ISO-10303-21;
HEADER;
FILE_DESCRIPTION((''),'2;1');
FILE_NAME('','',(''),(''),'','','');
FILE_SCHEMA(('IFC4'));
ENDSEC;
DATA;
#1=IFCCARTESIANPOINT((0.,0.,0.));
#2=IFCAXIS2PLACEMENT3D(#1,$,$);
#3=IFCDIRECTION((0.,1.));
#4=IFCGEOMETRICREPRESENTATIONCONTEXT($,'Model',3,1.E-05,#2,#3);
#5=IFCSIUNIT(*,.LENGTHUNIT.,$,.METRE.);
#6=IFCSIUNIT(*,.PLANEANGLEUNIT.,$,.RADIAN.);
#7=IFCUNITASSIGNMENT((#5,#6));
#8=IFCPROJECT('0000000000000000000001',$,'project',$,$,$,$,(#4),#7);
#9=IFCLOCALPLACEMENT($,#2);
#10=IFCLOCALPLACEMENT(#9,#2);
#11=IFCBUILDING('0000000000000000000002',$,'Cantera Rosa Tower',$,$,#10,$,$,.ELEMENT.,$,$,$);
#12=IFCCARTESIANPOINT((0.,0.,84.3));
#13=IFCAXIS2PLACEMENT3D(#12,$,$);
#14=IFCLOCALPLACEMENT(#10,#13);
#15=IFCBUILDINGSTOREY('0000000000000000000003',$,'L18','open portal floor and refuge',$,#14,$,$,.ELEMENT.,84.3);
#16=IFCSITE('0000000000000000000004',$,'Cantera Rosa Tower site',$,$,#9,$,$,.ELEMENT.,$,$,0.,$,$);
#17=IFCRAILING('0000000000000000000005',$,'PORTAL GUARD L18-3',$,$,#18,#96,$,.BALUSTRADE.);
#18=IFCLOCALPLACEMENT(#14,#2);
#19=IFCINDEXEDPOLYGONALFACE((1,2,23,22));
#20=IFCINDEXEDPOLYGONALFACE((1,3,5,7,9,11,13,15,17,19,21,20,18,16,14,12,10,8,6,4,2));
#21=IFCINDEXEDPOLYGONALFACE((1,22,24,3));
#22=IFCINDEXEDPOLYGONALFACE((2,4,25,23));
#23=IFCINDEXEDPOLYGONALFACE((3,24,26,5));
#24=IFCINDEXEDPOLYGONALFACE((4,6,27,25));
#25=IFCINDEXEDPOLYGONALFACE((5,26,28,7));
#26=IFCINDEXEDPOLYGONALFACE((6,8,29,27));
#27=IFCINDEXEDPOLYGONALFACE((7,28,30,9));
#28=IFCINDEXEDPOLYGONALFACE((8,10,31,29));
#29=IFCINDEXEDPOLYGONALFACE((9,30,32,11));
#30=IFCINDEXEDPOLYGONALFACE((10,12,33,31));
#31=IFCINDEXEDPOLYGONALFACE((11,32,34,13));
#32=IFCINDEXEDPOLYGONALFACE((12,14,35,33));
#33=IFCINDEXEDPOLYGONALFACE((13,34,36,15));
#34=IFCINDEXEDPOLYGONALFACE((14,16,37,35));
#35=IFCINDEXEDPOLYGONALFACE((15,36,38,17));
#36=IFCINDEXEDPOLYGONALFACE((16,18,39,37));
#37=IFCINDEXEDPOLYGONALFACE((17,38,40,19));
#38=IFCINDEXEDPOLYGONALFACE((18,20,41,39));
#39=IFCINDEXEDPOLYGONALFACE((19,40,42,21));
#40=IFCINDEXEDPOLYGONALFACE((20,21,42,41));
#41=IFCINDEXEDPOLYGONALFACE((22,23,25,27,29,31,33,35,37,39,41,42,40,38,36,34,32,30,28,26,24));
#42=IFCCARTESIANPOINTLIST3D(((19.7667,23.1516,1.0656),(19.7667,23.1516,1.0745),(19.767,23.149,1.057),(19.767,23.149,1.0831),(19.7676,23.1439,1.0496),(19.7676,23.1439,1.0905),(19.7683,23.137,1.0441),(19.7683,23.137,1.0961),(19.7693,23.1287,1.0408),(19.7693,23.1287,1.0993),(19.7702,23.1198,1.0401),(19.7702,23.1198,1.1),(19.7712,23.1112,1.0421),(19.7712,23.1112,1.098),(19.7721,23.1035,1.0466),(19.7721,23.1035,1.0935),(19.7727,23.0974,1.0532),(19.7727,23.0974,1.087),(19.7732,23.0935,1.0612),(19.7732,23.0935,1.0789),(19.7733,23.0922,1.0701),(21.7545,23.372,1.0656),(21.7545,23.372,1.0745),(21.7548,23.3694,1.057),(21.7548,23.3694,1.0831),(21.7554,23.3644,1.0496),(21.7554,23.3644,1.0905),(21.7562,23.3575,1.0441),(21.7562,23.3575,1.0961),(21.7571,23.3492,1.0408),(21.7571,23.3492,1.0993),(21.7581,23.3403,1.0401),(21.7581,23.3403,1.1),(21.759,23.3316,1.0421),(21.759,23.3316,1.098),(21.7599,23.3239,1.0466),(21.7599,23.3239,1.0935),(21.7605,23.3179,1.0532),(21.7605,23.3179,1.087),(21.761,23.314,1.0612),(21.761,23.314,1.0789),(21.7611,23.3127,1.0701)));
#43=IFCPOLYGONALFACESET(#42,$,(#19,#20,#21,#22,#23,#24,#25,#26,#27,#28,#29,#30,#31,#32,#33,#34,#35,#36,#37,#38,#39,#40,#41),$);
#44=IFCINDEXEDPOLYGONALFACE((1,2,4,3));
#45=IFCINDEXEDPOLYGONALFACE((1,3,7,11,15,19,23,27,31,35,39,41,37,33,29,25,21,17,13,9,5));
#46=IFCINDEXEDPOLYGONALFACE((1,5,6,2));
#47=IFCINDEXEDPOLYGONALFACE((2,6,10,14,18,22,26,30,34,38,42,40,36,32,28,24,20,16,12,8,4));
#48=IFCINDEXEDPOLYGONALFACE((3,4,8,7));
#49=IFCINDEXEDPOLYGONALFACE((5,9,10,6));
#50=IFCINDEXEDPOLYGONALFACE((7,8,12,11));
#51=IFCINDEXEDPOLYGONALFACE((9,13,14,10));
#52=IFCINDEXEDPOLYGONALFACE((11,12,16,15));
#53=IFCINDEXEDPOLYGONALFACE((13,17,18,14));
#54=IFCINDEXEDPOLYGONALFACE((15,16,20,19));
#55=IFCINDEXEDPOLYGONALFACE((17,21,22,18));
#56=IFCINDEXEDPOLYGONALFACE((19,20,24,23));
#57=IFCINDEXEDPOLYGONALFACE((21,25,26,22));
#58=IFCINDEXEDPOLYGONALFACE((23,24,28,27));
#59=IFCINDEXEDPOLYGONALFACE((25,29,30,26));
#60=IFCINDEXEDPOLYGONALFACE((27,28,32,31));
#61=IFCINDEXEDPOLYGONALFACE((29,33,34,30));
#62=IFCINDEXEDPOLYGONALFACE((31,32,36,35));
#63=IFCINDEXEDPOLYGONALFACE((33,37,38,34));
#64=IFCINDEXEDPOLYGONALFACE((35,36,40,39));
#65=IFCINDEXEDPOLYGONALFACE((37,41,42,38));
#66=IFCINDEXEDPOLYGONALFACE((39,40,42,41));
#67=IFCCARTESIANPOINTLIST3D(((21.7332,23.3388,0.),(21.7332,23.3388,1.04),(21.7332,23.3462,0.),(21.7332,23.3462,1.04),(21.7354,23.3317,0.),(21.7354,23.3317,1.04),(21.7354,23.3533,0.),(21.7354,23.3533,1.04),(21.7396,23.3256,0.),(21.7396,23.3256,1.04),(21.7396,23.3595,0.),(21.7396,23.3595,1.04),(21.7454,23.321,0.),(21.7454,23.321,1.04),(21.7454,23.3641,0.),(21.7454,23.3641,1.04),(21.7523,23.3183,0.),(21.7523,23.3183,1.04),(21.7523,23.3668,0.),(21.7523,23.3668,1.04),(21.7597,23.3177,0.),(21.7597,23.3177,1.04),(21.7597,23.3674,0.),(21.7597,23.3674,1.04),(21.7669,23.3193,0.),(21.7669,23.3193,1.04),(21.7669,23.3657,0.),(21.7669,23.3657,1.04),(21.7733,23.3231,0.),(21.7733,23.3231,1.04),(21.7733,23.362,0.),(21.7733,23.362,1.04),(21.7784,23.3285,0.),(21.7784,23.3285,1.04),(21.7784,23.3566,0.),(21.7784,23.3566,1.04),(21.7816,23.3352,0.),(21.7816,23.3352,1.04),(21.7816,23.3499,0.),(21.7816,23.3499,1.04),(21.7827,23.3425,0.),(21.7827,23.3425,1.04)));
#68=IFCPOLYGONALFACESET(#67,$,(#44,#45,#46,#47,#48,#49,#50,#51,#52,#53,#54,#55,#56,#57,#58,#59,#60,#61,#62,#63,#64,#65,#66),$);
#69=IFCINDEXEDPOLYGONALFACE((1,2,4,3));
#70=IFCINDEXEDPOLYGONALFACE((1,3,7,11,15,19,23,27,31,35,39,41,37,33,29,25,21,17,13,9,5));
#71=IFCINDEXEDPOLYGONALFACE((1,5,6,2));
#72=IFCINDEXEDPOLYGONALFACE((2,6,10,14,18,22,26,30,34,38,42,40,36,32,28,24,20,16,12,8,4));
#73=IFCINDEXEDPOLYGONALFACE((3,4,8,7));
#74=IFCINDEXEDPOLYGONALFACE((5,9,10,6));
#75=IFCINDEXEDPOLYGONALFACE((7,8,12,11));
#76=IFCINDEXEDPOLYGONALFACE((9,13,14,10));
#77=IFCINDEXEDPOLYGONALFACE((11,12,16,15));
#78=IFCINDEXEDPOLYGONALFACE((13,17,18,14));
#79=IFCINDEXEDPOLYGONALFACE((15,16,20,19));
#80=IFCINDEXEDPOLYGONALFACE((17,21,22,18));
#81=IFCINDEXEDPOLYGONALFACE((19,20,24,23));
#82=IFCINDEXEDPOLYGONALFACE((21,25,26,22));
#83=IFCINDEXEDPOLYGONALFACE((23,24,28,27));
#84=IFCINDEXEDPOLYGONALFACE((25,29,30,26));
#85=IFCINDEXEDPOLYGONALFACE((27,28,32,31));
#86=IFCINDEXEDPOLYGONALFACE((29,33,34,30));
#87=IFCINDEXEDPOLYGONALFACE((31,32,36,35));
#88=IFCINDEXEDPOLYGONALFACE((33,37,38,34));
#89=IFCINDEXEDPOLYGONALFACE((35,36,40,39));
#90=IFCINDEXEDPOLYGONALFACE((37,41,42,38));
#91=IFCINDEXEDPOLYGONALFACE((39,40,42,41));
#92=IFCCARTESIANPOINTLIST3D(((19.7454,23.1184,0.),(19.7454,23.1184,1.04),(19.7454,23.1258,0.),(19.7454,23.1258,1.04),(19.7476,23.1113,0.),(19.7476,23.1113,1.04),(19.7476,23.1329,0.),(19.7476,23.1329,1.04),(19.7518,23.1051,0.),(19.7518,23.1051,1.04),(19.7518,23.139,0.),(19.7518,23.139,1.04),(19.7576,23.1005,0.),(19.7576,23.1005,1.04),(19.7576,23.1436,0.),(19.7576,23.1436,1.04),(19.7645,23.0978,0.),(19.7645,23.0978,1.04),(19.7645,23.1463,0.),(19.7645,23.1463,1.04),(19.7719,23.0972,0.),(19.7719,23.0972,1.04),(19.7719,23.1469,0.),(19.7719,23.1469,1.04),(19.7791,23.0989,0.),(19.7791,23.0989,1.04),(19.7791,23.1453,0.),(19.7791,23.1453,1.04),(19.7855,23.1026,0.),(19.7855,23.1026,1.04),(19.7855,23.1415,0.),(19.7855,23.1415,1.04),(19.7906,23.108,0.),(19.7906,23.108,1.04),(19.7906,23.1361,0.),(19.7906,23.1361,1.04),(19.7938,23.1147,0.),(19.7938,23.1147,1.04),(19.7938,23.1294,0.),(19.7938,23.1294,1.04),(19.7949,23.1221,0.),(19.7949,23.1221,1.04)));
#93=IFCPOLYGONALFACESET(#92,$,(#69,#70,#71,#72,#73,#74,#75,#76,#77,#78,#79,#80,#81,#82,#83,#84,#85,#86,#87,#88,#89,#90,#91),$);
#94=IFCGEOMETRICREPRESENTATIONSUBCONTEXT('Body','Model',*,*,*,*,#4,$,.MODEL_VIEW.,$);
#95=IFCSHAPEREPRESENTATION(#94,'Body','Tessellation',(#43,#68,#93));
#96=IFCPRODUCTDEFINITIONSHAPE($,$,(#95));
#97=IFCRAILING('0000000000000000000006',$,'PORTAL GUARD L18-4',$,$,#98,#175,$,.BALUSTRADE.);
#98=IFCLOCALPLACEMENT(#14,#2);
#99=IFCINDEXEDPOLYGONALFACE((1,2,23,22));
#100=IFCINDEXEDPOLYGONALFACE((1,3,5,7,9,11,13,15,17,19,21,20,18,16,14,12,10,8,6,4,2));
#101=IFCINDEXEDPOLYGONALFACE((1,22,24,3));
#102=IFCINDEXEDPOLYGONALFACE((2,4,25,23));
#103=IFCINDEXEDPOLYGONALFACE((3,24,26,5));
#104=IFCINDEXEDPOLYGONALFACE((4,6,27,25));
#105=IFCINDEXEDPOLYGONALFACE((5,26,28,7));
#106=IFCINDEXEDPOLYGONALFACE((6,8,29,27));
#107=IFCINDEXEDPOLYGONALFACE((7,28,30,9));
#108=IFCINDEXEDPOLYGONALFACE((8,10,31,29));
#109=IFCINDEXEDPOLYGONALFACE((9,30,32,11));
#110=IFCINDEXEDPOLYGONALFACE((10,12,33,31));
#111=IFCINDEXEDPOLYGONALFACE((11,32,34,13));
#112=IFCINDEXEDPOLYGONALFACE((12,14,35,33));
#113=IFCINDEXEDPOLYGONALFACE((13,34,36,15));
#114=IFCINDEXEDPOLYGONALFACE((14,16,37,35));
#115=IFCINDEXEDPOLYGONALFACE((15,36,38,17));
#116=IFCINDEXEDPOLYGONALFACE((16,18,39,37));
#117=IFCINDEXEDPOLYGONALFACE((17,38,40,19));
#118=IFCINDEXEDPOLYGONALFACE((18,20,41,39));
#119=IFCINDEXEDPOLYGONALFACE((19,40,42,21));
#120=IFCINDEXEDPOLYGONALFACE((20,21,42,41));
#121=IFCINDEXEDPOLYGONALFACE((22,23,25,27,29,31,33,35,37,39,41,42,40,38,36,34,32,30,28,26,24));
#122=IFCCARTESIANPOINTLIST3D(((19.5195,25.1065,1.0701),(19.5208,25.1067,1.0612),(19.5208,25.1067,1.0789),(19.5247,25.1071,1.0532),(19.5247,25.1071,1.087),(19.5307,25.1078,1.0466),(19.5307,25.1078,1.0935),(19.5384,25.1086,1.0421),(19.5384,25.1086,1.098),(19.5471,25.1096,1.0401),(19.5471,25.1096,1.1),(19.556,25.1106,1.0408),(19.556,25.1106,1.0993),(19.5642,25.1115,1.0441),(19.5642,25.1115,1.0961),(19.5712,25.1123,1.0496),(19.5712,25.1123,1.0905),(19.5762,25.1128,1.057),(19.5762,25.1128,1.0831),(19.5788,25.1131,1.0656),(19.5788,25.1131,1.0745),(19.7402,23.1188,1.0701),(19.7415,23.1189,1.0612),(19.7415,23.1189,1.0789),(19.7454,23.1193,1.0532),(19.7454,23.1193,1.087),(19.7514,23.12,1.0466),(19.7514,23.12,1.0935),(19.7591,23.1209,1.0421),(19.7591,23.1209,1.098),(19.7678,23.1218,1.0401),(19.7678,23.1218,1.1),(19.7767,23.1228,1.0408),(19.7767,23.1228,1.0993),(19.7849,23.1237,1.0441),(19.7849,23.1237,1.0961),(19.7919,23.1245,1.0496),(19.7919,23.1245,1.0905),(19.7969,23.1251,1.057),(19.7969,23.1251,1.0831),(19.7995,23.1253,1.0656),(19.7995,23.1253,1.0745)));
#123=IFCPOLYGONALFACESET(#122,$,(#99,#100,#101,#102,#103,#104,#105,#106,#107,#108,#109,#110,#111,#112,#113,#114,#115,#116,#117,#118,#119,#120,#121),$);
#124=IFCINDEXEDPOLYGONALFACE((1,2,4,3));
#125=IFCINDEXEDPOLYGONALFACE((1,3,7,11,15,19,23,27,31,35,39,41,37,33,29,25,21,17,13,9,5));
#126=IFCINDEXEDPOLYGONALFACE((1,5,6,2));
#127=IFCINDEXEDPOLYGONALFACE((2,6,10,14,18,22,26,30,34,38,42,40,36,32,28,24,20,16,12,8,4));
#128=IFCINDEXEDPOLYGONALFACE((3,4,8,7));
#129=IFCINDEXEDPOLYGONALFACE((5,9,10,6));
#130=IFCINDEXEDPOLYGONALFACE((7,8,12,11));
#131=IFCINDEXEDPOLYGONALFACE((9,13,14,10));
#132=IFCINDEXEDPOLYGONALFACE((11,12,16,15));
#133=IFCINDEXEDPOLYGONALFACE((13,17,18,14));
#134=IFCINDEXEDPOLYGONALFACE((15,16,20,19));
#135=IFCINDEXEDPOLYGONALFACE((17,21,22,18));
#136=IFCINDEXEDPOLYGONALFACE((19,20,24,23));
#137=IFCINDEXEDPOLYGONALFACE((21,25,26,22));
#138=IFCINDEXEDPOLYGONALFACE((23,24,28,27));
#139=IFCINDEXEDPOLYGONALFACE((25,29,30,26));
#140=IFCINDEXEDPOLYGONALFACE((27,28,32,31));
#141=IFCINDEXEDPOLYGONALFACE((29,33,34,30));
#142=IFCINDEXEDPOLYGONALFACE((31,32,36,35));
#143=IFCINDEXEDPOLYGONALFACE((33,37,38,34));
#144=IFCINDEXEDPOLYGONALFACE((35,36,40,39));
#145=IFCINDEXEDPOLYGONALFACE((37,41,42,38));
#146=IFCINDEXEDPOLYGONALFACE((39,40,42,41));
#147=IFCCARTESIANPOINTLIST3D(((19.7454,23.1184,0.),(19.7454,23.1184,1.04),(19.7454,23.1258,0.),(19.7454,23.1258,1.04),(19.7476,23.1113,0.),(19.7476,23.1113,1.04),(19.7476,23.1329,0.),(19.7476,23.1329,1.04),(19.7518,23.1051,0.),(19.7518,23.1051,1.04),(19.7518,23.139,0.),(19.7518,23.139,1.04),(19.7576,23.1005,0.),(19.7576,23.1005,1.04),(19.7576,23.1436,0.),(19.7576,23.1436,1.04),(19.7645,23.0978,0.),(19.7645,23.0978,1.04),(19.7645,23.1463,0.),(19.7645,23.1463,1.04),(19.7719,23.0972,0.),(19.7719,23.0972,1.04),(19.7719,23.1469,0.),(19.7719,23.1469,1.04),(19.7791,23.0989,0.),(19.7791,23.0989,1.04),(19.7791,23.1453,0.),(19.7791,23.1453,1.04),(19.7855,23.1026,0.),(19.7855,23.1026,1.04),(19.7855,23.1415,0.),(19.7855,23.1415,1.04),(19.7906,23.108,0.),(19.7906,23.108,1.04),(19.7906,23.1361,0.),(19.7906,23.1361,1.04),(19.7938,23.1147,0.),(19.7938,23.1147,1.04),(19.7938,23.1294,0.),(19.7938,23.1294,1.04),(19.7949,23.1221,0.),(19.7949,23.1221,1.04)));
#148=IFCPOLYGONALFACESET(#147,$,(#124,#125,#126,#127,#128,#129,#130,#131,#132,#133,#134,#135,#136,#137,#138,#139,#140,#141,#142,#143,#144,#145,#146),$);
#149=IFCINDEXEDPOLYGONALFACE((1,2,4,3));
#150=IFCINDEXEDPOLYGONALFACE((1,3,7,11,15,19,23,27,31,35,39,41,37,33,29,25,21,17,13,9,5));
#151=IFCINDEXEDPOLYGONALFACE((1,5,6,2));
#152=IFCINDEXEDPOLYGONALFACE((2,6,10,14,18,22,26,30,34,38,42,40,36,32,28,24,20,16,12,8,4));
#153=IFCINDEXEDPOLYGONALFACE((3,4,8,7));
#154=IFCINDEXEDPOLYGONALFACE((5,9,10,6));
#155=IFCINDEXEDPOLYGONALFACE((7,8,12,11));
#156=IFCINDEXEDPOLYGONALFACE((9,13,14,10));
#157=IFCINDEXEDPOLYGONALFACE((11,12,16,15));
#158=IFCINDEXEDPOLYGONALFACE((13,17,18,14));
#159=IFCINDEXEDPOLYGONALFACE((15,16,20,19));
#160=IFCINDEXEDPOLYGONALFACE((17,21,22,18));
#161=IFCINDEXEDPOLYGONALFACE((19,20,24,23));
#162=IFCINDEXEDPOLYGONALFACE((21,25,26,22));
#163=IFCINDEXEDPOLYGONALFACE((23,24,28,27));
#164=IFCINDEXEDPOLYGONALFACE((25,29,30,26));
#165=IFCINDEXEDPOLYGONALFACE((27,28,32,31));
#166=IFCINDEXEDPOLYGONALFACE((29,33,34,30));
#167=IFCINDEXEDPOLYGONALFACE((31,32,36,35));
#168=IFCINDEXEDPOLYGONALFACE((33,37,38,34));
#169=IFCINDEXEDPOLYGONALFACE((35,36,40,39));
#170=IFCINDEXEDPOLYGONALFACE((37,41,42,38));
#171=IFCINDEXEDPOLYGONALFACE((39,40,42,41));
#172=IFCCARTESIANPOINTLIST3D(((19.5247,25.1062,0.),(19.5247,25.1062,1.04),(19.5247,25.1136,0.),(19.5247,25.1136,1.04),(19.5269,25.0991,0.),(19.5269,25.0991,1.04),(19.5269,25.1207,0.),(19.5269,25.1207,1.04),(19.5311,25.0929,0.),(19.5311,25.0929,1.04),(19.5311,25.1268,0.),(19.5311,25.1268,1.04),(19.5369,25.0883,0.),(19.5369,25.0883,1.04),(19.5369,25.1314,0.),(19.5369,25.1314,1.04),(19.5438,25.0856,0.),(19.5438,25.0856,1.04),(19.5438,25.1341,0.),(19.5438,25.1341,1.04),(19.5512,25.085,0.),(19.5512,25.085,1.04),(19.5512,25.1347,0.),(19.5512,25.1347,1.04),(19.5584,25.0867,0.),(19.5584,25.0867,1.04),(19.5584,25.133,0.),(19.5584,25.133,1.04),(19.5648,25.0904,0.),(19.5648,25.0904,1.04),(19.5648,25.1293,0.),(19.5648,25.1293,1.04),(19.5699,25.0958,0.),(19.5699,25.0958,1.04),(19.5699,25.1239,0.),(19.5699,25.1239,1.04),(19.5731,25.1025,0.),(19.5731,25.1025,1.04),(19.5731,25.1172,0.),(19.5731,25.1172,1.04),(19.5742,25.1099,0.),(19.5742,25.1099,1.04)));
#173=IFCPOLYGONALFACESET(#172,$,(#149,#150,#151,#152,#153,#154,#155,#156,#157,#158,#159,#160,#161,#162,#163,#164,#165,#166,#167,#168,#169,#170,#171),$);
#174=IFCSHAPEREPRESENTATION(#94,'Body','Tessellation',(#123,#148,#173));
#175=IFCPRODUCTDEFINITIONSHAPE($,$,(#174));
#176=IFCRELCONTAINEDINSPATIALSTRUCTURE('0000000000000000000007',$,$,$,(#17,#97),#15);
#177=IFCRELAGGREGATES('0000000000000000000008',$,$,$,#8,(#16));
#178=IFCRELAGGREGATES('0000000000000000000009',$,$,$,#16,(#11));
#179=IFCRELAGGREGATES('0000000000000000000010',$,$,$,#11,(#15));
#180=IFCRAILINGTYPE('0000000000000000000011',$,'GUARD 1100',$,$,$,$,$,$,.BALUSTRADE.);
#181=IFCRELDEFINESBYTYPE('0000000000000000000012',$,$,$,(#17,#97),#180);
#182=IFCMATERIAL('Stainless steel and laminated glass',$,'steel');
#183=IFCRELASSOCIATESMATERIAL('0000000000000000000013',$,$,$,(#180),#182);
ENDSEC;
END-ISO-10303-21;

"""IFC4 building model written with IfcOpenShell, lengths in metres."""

from ifc_helpers import new_model, si_unit, direction, frame, origin, origin_2d, place, context, subcontext, project, spatial, circle, extrude, material, type_object, element, save


model = new_model("IFC4")

# Units and contexts
model_context = context("Model", 3, precision=1e-05, world=origin(), true_north=direction((0.0, 1.0)))
body_context = subcontext(model_context, "Body", "Model", "MODEL_VIEW")
ifc_project = project(units=[si_unit("LENGTHUNIT", "METRE"), si_unit("PLANEANGLEUNIT", "RADIAN")], contexts=[model_context])

# Site, building, storey
site_placement = place(None, origin())
site = spatial("IfcSite", under=ifc_project, at=site_placement, Name="Cantera Rosa Tower site", CompositionType="ELEMENT", RefElevation=0.0)
building_placement = place(site_placement, origin())
building = spatial("IfcBuilding", under=site, at=building_placement, Name="Cantera Rosa Tower", CompositionType="ELEMENT")
storey_placement = place(building_placement, frame((0.0, 0.0, 84.3)))
storey = spatial("IfcBuildingStorey", under=building, at=storey_placement, Name="L18", Description="open portal floor and refuge", CompositionType="ELEMENT", Elevation=84.3)

# Railings
ifc_material_1 = material(Name="Stainless steel and laminated glass", Category="steel")
railing_type_1 = type_object("IfcRailingType", Name="GUARD 1100", PredefinedType="BALUSTRADE", material=ifc_material_1)
railing_1_placement = place(storey_placement, frame((21.7578, 23.3425, 0.0)))
element("IfcRailing", 1, at=railing_1_placement, inside=storey, type_object=railing_type_1, Name="PORTAL GUARD L18-3", PredefinedType="BALUSTRADE", context=body_context, shape_type="SweptSolid", body=[
    extrude(circle(Radius=0.03, at=origin_2d()), frame((0.0, 0.0, 1.0701), z_axis=(-0.993906, -0.110231, 0.0), x_axis=(0.110231, -0.993906, 0.0)), (0.0, 0.0, 1.0), 2.0),
    extrude(circle(Radius=0.0249, at=origin_2d()), origin(), (0.0, 0.0, 1.0), 1.04),
    extrude(circle(Radius=0.0249, at=origin_2d()), frame((-1.9878, -0.2205, 0.0)), (0.0, 0.0, 1.0), 1.04),
])
railing_2_placement = place(storey_placement, frame((19.77, 23.1221, 0.0)))
element("IfcRailing", 2, at=railing_2_placement, inside=storey, type_object=railing_type_1, Name="PORTAL GUARD L18-4", PredefinedType="BALUSTRADE", context=body_context, shape_type="SweptSolid", body=[
    extrude(circle(Radius=0.03, at=origin_2d()), frame((0.0, 0.0, 1.0701), z_axis=(-0.110351, 0.993893, 0.0), x_axis=(-0.993893, -0.110351, 0.0)), (0.0, 0.0, 1.0), 2.0),
    extrude(circle(Radius=0.0249, at=origin_2d()), origin(), (0.0, 0.0, 1.0), 1.04),
    extrude(circle(Radius=0.0249, at=origin_2d()), frame((-0.2207, 1.9878, 0.0)), (0.0, 0.0, 1.0), 1.04),
])

save(model, "model.ifc")
